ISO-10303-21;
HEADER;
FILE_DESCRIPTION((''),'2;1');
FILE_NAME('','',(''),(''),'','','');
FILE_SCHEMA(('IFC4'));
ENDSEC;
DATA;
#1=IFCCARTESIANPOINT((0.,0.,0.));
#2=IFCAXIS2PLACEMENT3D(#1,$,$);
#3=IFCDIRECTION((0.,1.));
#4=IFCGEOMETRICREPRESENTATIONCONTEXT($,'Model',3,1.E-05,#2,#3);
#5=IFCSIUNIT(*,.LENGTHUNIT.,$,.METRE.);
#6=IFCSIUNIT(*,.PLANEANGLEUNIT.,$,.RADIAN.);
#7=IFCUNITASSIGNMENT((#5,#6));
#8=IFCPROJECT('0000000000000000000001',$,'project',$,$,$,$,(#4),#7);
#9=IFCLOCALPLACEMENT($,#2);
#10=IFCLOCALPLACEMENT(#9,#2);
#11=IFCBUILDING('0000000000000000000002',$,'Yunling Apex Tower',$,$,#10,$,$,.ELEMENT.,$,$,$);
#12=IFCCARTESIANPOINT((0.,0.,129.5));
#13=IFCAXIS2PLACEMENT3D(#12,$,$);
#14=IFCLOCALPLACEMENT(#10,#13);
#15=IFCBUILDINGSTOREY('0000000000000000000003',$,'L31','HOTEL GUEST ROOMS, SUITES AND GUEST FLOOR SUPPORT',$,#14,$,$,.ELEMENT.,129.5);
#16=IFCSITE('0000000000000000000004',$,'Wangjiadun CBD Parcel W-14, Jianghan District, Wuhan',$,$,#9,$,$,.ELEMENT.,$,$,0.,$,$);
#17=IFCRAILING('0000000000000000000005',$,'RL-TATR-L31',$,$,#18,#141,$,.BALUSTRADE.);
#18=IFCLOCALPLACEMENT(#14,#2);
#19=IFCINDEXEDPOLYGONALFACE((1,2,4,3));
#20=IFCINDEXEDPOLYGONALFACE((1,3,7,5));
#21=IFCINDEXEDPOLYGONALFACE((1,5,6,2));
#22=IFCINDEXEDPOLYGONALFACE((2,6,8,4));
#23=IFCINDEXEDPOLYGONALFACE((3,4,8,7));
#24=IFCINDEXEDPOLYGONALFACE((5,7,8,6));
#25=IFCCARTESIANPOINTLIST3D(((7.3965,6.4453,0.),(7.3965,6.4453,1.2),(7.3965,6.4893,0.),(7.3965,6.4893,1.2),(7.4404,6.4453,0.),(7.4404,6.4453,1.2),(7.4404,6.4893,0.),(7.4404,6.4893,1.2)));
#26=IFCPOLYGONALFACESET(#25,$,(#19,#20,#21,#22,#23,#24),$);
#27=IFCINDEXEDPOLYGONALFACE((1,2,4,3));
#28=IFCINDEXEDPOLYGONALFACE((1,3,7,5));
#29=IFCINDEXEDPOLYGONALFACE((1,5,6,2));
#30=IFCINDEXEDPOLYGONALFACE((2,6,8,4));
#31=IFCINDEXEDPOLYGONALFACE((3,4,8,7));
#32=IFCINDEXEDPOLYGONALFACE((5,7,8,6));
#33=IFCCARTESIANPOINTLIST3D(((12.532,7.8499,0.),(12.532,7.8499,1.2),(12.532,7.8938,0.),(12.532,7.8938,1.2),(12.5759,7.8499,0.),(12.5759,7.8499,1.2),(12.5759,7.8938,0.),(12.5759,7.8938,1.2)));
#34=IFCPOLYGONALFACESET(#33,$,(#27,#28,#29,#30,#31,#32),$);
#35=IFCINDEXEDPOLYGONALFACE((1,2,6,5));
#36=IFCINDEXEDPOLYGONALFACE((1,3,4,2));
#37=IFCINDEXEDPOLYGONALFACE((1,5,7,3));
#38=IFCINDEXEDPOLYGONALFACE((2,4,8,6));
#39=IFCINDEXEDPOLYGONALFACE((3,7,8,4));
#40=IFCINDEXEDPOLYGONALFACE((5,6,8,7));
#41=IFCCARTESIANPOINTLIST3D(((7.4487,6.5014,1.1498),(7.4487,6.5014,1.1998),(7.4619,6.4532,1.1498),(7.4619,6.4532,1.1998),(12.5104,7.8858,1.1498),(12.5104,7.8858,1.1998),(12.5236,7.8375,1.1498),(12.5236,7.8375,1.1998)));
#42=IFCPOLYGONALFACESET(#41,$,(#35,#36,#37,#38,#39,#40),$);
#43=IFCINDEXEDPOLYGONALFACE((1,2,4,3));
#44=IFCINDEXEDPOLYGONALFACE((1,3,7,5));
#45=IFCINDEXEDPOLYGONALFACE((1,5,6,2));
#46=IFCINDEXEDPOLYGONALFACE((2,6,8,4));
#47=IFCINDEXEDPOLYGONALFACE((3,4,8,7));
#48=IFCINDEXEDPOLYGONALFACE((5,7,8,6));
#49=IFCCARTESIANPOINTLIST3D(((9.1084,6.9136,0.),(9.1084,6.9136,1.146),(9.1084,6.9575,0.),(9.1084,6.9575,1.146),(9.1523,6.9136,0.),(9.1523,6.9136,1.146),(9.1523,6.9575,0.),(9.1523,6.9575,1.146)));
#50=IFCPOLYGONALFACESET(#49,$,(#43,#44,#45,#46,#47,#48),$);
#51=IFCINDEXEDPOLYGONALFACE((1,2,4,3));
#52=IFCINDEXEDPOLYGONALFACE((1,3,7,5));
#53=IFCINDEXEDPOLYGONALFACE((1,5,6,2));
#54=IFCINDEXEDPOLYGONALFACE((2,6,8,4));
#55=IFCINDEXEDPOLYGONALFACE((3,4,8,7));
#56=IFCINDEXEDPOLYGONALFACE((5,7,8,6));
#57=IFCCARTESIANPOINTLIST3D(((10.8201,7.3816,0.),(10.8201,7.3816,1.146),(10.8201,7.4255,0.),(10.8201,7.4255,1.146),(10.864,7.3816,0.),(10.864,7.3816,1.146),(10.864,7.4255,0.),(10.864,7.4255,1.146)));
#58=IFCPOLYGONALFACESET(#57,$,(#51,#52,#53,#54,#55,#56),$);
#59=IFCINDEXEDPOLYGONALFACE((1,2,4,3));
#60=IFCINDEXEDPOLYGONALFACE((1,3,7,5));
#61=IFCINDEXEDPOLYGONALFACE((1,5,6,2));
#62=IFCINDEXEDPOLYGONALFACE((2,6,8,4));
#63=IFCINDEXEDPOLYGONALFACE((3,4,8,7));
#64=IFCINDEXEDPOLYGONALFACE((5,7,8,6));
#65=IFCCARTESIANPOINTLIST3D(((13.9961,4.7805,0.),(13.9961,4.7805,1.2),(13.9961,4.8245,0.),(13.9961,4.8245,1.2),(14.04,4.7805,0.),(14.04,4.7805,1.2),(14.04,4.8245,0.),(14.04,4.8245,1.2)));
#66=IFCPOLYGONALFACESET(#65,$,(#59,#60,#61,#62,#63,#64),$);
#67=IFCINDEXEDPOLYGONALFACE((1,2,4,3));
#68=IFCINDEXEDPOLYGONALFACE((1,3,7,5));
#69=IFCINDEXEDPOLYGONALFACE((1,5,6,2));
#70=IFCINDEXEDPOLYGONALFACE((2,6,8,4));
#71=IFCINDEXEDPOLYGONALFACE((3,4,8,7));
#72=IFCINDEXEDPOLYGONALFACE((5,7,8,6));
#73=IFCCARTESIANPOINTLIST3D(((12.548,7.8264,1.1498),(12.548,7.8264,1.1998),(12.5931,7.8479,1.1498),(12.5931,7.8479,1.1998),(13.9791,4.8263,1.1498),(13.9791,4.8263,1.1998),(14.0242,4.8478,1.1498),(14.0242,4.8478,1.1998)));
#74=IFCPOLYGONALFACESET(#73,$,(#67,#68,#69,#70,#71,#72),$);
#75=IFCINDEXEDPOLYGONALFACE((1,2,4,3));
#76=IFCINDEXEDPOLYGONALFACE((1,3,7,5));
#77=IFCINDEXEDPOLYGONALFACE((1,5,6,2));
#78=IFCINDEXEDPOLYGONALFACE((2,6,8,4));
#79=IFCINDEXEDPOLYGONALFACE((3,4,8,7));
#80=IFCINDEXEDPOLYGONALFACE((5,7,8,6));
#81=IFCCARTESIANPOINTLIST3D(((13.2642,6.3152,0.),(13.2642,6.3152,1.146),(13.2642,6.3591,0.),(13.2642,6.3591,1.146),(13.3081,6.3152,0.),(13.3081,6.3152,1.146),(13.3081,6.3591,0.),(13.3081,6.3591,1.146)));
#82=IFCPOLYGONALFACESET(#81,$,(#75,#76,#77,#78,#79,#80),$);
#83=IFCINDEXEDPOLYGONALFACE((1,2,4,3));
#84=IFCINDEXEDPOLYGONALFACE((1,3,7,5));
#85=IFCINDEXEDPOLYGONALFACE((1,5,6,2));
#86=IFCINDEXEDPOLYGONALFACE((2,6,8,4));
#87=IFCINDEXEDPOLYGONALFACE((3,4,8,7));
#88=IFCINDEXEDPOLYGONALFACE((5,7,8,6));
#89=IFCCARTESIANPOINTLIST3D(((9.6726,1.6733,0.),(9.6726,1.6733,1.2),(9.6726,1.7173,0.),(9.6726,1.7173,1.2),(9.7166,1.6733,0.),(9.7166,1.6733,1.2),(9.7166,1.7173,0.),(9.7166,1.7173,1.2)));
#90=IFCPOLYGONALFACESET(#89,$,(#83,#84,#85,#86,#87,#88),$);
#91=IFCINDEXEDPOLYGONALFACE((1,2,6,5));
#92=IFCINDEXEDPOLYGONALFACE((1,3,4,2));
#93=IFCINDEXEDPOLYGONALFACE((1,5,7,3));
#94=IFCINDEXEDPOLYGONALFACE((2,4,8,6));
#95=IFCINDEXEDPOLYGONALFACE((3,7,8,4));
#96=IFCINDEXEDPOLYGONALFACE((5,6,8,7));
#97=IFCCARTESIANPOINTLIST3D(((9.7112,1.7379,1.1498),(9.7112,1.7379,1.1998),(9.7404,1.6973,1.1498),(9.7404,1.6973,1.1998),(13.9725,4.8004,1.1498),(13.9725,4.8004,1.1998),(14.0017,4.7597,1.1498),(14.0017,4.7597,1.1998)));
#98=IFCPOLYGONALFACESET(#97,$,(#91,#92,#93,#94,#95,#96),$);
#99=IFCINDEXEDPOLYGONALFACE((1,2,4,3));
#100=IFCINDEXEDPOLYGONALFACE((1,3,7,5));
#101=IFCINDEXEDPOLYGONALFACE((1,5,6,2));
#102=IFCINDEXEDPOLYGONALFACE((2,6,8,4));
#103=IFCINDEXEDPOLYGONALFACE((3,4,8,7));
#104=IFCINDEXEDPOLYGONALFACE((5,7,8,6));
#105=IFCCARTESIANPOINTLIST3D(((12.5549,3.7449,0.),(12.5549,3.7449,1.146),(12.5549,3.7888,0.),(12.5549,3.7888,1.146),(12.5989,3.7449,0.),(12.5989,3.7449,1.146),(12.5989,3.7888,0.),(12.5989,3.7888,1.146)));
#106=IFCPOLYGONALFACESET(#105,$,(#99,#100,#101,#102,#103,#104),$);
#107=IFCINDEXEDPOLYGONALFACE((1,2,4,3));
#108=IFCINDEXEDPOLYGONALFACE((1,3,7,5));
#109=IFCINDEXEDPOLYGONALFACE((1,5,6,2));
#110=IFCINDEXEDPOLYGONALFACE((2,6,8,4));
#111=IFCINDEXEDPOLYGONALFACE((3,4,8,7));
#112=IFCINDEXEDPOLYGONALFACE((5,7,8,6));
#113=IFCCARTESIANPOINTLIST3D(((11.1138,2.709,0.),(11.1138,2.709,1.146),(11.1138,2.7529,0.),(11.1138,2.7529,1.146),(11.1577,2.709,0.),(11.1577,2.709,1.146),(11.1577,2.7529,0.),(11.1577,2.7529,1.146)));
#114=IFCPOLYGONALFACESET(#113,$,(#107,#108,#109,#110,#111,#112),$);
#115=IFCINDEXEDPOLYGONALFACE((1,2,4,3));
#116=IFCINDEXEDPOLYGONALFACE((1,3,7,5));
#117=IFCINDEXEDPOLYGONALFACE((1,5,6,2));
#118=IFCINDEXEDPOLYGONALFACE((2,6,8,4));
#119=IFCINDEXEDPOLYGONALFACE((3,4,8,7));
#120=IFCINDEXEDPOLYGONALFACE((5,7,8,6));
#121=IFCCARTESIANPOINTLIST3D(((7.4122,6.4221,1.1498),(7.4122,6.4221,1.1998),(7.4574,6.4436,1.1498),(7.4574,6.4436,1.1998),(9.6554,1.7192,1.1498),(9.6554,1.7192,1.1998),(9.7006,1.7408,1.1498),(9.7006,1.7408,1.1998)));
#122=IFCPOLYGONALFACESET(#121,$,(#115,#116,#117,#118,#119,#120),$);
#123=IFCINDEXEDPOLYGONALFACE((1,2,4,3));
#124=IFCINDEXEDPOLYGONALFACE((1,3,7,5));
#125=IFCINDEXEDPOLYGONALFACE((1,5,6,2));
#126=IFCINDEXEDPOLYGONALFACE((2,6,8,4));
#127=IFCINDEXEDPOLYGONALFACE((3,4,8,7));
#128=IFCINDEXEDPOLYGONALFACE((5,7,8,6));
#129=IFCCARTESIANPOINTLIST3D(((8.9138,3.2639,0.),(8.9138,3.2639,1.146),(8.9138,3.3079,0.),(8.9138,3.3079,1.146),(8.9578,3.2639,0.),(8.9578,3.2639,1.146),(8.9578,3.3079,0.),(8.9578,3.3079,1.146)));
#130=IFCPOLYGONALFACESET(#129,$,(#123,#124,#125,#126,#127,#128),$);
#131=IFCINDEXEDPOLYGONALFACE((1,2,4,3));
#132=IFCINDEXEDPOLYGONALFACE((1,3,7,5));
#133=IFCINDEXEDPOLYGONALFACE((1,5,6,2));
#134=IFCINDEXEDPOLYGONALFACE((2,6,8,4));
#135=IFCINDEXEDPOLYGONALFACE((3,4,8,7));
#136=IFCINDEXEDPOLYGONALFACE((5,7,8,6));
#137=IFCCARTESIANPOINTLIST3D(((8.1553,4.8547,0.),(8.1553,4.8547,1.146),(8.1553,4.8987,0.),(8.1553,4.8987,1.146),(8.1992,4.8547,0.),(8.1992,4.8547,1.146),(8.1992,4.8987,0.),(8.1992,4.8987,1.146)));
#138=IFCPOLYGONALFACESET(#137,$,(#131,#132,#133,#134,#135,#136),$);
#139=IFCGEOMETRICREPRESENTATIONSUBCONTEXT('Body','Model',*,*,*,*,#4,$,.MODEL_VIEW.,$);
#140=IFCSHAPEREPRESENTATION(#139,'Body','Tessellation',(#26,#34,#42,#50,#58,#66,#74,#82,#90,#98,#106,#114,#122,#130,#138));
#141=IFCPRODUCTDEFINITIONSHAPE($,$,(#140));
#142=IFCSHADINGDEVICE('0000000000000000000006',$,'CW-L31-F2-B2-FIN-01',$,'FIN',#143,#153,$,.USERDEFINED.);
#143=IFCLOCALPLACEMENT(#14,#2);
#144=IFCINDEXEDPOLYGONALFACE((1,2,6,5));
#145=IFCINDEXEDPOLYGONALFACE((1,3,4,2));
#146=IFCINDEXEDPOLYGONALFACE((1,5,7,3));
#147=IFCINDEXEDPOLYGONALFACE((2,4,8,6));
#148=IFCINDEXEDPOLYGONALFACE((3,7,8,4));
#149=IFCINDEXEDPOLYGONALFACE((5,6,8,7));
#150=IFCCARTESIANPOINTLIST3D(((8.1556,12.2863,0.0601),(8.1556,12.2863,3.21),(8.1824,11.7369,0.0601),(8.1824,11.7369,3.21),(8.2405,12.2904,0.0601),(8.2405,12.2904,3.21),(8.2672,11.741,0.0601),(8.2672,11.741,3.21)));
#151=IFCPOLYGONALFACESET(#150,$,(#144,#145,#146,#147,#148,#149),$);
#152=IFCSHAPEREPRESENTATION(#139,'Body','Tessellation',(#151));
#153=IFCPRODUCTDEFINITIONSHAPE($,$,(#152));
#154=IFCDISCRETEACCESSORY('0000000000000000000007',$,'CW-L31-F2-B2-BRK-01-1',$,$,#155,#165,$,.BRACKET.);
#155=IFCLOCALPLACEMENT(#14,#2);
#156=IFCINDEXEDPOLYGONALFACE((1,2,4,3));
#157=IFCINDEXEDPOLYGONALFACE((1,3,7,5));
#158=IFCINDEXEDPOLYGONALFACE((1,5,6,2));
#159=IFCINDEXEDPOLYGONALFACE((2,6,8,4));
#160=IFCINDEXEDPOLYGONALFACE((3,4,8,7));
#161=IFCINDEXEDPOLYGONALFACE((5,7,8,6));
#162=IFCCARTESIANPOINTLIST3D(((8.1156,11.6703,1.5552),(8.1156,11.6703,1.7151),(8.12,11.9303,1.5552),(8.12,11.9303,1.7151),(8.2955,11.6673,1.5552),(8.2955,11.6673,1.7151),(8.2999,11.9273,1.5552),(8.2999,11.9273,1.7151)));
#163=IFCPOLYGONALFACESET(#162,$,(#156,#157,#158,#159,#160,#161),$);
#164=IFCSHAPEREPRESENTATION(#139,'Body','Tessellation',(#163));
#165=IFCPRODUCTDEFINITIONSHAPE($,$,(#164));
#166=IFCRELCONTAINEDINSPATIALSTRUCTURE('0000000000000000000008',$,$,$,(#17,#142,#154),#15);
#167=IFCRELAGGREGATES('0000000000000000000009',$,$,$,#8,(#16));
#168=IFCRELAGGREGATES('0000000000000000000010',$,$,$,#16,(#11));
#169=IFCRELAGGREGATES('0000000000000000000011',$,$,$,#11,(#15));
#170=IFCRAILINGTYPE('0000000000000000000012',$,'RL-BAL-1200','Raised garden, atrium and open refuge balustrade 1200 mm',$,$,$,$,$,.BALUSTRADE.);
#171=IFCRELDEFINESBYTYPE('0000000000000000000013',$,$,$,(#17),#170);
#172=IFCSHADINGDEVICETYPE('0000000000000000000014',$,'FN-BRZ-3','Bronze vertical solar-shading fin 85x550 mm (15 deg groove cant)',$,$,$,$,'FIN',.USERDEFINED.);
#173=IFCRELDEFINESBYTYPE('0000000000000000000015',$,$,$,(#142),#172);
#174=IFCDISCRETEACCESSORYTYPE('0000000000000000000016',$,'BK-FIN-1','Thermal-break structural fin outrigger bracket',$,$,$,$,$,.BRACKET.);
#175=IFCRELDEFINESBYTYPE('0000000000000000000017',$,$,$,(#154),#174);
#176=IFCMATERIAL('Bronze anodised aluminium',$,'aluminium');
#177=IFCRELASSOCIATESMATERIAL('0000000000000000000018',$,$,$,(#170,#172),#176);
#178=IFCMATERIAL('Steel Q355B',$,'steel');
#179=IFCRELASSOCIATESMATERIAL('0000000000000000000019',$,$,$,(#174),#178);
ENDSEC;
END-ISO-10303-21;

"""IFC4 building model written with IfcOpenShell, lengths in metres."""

from ifc_helpers import new_model, si_unit, direction, frame, origin, origin_2d, place, context, subcontext, project, spatial, rectangle, extrude, source, transform, mapped, material, material_profile, profile_set, type_object, element, save


model = new_model("IFC4")

# Units and contexts
model_context = context("Model", 3, precision=1e-05, world=origin(), true_north=direction((0.0, 1.0)))
body_context = subcontext(model_context, "Body", "Model", "MODEL_VIEW")
ifc_project = project(units=[si_unit("LENGTHUNIT", "METRE"), si_unit("PLANEANGLEUNIT", "RADIAN")], contexts=[model_context])

# Site, building, storey
site_placement = place(None, origin())
site = spatial("IfcSite", under=ifc_project, at=site_placement, Name="Wangjiadun CBD Parcel W-14, Jianghan District, Wuhan", CompositionType="ELEMENT", RefElevation=0.0)
building_placement = place(site_placement, origin())
building = spatial("IfcBuilding", under=site, at=building_placement, Name="Yunling Apex Tower", CompositionType="ELEMENT")
storey_placement = place(building_placement, frame((0.0, 0.0, 129.5)))
storey = spatial("IfcBuildingStorey", under=building, at=storey_placement, Name="L31", Description="HOTEL GUEST ROOMS, SUITES AND GUEST FLOOR SUPPORT", CompositionType="ELEMENT", Elevation=129.5)

# Shared definitions
ifc_material_1 = material(Name="Steel Q355B", Category="steel")

# Shared definitions
ifc_material_2 = material(Name="Bronze anodised aluminium", Category="aluminium")

# Railing
railing_type = type_object("IfcRailingType", Name="RL-BAL-1200", Description="Raised garden, atrium and open refuge balustrade 1200 mm", PredefinedType="BALUSTRADE", material=ifc_material_2)
railing_1_placement = place(storey_placement, frame((7.4185, 6.4673, 0.0)))
element("IfcRailing", 1, at=railing_1_placement, inside=storey, type_object=railing_type, Name="RL-TATR-L31", PredefinedType="BALUSTRADE", context=body_context, shape_type="SweptSolid", body=[
    extrude(rectangle(XDim=0.0439, YDim=0.0439, at=origin_2d()), origin(), (0.0, 0.0, 1.0), 1.2),
    extrude(rectangle(XDim=0.0439, YDim=0.0439, at=origin_2d()), frame((5.1355, 1.4045, 0.0)), (0.0, 0.0, 1.0), 1.2),
    extrude(rectangle(XDim=0.05, YDim=0.05, at=origin_2d()), frame((0.0369, 0.01, 1.1748), z_axis=(0.964575, 0.263808, 0.0), x_axis=(-0.263808, 0.964575, 0.0)), (0.0, 0.0, 1.0), 5.2476),
    extrude(rectangle(XDim=0.0439, YDim=0.0439, at=origin_2d()), frame((1.7119, 0.4683, 0.0)), (0.0, 0.0, 1.0), 1.146),
    extrude(rectangle(XDim=0.0439, YDim=0.0439, at=origin_2d()), frame((3.4236, 0.9363, 0.0)), (0.0, 0.0, 1.0), 1.146),
    extrude(rectangle(XDim=0.0439, YDim=0.0439, at=origin_2d()), frame((6.5996, -1.6648, 0.0)), (0.0, 0.0, 1.0), 1.2),
    extrude(rectangle(XDim=0.05, YDim=0.05, at=origin_2d()), frame((5.1521, 1.3699, 1.1748), z_axis=(0.430538, -0.902572, 0.0), x_axis=(0.902572, 0.430538, 0.0)), (0.0, 0.0, 1.0), 3.324),
    extrude(rectangle(XDim=0.0439, YDim=0.0439, at=origin_2d()), frame((5.8677, -0.1301, 0.0)), (0.0, 0.0, 1.0), 1.146),
    extrude(rectangle(XDim=0.0439, YDim=0.0439, at=origin_2d()), frame((2.2761, -4.772, 0.0)), (0.0, 0.0, 1.0), 1.2),
    extrude(rectangle(XDim=0.05, YDim=0.05, at=origin_2d()), frame((6.5686, -1.6873, 1.1748), z_axis=(-0.812045, -0.583595, 0.0), x_axis=(0.583595, -0.812045, 0.0)), (0.0, 0.0, 1.0), 5.2476),
    extrude(rectangle(XDim=0.0439, YDim=0.0439, at=origin_2d()), frame((5.1584, -2.7004, 0.0)), (0.0, 0.0, 1.0), 1.146),
    extrude(rectangle(XDim=0.0439, YDim=0.0439, at=origin_2d()), frame((3.7173, -3.7363, 0.0)), (0.0, 0.0, 1.0), 1.146),
    extrude(rectangle(XDim=0.05, YDim=0.05, at=origin_2d()), frame((2.2595, -4.7373, 1.1748), z_axis=(-0.430512, 0.902585, 0.0), x_axis=(-0.902585, -0.430512, 0.0)), (0.0, 0.0, 1.0), 5.2104),
    extrude(rectangle(XDim=0.0439, YDim=0.0439, at=origin_2d()), frame((1.5173, -3.1814, 0.0)), (0.0, 0.0, 1.0), 1.146),
    extrude(rectangle(XDim=0.0439, YDim=0.0439, at=origin_2d()), frame((0.7588, -1.5906, 0.0)), (0.0, 0.0, 1.0), 1.146),
])

# Shading device
ifc_material_profile_1 = material_profile(ifc_material_2, rectangle(XDim=0.085, YDim=0.55, at=origin_2d()))
ifc_profile_set_1 = profile_set([ifc_material_profile_1], Name="Bronze anodised aluminium")
shading_device_type = type_object("IfcShadingDeviceType", Name="FN-BRZ-3", Description="Bronze vertical solar-shading fin 85x550 mm (15 deg groove cant)", ElementType="FIN", PredefinedType="USERDEFINED", material=ifc_profile_set_1)
shared_shape_1 = source(origin(), body_context, "Body", "SweptSolid", [
    extrude(rectangle(XDim=0.085, YDim=0.55, at=origin_2d()), origin(), (0.0, 0.0, 1.0), 3.1499),
])
shading_device_placement = place(storey_placement, frame((8.2114, 12.0137, 0.0601), z_axis=(0.0, 0.0, 1.0), x_axis=(-0.998815, -0.048675, 0.0)))
element("IfcShadingDevice", 2, at=shading_device_placement, inside=storey, type_object=shading_device_type, Name="CW-L31-F2-B2-FIN-01", ObjectType="FIN", PredefinedType="USERDEFINED", context=body_context, shape_type="MappedRepresentation", body=[
    mapped(shared_shape_1, transform((0.0, 0.0, 0.0), scale=1.0)),
])

# Discrete accessory
discrete_accessory_type = type_object("IfcDiscreteAccessoryType", Name="BK-FIN-1", Description="Thermal-break structural fin outrigger bracket", PredefinedType="BRACKET", material=ifc_material_1)
shared_shape_2 = source(origin(), body_context, "Body", "SweptSolid", [
    extrude(rectangle(XDim=0.1799, YDim=0.26, at=origin_2d()), origin(), (0.0, 0.0, 1.0), 0.1599),
])
discrete_accessory_placement = place(storey_placement, frame((8.2078, 11.7988, 1.5552), z_axis=(0.0, 0.0, 1.0), x_axis=(-0.99986, 0.016754, 0.0)))
element("IfcDiscreteAccessory", 3, at=discrete_accessory_placement, inside=storey, type_object=discrete_accessory_type, Name="CW-L31-F2-B2-BRK-01-1", PredefinedType="BRACKET", context=body_context, shape_type="MappedRepresentation", body=[
    mapped(shared_shape_2, transform((0.0, 0.0, 0.0), scale=1.0)),
])

save(model, "model.ifc")
